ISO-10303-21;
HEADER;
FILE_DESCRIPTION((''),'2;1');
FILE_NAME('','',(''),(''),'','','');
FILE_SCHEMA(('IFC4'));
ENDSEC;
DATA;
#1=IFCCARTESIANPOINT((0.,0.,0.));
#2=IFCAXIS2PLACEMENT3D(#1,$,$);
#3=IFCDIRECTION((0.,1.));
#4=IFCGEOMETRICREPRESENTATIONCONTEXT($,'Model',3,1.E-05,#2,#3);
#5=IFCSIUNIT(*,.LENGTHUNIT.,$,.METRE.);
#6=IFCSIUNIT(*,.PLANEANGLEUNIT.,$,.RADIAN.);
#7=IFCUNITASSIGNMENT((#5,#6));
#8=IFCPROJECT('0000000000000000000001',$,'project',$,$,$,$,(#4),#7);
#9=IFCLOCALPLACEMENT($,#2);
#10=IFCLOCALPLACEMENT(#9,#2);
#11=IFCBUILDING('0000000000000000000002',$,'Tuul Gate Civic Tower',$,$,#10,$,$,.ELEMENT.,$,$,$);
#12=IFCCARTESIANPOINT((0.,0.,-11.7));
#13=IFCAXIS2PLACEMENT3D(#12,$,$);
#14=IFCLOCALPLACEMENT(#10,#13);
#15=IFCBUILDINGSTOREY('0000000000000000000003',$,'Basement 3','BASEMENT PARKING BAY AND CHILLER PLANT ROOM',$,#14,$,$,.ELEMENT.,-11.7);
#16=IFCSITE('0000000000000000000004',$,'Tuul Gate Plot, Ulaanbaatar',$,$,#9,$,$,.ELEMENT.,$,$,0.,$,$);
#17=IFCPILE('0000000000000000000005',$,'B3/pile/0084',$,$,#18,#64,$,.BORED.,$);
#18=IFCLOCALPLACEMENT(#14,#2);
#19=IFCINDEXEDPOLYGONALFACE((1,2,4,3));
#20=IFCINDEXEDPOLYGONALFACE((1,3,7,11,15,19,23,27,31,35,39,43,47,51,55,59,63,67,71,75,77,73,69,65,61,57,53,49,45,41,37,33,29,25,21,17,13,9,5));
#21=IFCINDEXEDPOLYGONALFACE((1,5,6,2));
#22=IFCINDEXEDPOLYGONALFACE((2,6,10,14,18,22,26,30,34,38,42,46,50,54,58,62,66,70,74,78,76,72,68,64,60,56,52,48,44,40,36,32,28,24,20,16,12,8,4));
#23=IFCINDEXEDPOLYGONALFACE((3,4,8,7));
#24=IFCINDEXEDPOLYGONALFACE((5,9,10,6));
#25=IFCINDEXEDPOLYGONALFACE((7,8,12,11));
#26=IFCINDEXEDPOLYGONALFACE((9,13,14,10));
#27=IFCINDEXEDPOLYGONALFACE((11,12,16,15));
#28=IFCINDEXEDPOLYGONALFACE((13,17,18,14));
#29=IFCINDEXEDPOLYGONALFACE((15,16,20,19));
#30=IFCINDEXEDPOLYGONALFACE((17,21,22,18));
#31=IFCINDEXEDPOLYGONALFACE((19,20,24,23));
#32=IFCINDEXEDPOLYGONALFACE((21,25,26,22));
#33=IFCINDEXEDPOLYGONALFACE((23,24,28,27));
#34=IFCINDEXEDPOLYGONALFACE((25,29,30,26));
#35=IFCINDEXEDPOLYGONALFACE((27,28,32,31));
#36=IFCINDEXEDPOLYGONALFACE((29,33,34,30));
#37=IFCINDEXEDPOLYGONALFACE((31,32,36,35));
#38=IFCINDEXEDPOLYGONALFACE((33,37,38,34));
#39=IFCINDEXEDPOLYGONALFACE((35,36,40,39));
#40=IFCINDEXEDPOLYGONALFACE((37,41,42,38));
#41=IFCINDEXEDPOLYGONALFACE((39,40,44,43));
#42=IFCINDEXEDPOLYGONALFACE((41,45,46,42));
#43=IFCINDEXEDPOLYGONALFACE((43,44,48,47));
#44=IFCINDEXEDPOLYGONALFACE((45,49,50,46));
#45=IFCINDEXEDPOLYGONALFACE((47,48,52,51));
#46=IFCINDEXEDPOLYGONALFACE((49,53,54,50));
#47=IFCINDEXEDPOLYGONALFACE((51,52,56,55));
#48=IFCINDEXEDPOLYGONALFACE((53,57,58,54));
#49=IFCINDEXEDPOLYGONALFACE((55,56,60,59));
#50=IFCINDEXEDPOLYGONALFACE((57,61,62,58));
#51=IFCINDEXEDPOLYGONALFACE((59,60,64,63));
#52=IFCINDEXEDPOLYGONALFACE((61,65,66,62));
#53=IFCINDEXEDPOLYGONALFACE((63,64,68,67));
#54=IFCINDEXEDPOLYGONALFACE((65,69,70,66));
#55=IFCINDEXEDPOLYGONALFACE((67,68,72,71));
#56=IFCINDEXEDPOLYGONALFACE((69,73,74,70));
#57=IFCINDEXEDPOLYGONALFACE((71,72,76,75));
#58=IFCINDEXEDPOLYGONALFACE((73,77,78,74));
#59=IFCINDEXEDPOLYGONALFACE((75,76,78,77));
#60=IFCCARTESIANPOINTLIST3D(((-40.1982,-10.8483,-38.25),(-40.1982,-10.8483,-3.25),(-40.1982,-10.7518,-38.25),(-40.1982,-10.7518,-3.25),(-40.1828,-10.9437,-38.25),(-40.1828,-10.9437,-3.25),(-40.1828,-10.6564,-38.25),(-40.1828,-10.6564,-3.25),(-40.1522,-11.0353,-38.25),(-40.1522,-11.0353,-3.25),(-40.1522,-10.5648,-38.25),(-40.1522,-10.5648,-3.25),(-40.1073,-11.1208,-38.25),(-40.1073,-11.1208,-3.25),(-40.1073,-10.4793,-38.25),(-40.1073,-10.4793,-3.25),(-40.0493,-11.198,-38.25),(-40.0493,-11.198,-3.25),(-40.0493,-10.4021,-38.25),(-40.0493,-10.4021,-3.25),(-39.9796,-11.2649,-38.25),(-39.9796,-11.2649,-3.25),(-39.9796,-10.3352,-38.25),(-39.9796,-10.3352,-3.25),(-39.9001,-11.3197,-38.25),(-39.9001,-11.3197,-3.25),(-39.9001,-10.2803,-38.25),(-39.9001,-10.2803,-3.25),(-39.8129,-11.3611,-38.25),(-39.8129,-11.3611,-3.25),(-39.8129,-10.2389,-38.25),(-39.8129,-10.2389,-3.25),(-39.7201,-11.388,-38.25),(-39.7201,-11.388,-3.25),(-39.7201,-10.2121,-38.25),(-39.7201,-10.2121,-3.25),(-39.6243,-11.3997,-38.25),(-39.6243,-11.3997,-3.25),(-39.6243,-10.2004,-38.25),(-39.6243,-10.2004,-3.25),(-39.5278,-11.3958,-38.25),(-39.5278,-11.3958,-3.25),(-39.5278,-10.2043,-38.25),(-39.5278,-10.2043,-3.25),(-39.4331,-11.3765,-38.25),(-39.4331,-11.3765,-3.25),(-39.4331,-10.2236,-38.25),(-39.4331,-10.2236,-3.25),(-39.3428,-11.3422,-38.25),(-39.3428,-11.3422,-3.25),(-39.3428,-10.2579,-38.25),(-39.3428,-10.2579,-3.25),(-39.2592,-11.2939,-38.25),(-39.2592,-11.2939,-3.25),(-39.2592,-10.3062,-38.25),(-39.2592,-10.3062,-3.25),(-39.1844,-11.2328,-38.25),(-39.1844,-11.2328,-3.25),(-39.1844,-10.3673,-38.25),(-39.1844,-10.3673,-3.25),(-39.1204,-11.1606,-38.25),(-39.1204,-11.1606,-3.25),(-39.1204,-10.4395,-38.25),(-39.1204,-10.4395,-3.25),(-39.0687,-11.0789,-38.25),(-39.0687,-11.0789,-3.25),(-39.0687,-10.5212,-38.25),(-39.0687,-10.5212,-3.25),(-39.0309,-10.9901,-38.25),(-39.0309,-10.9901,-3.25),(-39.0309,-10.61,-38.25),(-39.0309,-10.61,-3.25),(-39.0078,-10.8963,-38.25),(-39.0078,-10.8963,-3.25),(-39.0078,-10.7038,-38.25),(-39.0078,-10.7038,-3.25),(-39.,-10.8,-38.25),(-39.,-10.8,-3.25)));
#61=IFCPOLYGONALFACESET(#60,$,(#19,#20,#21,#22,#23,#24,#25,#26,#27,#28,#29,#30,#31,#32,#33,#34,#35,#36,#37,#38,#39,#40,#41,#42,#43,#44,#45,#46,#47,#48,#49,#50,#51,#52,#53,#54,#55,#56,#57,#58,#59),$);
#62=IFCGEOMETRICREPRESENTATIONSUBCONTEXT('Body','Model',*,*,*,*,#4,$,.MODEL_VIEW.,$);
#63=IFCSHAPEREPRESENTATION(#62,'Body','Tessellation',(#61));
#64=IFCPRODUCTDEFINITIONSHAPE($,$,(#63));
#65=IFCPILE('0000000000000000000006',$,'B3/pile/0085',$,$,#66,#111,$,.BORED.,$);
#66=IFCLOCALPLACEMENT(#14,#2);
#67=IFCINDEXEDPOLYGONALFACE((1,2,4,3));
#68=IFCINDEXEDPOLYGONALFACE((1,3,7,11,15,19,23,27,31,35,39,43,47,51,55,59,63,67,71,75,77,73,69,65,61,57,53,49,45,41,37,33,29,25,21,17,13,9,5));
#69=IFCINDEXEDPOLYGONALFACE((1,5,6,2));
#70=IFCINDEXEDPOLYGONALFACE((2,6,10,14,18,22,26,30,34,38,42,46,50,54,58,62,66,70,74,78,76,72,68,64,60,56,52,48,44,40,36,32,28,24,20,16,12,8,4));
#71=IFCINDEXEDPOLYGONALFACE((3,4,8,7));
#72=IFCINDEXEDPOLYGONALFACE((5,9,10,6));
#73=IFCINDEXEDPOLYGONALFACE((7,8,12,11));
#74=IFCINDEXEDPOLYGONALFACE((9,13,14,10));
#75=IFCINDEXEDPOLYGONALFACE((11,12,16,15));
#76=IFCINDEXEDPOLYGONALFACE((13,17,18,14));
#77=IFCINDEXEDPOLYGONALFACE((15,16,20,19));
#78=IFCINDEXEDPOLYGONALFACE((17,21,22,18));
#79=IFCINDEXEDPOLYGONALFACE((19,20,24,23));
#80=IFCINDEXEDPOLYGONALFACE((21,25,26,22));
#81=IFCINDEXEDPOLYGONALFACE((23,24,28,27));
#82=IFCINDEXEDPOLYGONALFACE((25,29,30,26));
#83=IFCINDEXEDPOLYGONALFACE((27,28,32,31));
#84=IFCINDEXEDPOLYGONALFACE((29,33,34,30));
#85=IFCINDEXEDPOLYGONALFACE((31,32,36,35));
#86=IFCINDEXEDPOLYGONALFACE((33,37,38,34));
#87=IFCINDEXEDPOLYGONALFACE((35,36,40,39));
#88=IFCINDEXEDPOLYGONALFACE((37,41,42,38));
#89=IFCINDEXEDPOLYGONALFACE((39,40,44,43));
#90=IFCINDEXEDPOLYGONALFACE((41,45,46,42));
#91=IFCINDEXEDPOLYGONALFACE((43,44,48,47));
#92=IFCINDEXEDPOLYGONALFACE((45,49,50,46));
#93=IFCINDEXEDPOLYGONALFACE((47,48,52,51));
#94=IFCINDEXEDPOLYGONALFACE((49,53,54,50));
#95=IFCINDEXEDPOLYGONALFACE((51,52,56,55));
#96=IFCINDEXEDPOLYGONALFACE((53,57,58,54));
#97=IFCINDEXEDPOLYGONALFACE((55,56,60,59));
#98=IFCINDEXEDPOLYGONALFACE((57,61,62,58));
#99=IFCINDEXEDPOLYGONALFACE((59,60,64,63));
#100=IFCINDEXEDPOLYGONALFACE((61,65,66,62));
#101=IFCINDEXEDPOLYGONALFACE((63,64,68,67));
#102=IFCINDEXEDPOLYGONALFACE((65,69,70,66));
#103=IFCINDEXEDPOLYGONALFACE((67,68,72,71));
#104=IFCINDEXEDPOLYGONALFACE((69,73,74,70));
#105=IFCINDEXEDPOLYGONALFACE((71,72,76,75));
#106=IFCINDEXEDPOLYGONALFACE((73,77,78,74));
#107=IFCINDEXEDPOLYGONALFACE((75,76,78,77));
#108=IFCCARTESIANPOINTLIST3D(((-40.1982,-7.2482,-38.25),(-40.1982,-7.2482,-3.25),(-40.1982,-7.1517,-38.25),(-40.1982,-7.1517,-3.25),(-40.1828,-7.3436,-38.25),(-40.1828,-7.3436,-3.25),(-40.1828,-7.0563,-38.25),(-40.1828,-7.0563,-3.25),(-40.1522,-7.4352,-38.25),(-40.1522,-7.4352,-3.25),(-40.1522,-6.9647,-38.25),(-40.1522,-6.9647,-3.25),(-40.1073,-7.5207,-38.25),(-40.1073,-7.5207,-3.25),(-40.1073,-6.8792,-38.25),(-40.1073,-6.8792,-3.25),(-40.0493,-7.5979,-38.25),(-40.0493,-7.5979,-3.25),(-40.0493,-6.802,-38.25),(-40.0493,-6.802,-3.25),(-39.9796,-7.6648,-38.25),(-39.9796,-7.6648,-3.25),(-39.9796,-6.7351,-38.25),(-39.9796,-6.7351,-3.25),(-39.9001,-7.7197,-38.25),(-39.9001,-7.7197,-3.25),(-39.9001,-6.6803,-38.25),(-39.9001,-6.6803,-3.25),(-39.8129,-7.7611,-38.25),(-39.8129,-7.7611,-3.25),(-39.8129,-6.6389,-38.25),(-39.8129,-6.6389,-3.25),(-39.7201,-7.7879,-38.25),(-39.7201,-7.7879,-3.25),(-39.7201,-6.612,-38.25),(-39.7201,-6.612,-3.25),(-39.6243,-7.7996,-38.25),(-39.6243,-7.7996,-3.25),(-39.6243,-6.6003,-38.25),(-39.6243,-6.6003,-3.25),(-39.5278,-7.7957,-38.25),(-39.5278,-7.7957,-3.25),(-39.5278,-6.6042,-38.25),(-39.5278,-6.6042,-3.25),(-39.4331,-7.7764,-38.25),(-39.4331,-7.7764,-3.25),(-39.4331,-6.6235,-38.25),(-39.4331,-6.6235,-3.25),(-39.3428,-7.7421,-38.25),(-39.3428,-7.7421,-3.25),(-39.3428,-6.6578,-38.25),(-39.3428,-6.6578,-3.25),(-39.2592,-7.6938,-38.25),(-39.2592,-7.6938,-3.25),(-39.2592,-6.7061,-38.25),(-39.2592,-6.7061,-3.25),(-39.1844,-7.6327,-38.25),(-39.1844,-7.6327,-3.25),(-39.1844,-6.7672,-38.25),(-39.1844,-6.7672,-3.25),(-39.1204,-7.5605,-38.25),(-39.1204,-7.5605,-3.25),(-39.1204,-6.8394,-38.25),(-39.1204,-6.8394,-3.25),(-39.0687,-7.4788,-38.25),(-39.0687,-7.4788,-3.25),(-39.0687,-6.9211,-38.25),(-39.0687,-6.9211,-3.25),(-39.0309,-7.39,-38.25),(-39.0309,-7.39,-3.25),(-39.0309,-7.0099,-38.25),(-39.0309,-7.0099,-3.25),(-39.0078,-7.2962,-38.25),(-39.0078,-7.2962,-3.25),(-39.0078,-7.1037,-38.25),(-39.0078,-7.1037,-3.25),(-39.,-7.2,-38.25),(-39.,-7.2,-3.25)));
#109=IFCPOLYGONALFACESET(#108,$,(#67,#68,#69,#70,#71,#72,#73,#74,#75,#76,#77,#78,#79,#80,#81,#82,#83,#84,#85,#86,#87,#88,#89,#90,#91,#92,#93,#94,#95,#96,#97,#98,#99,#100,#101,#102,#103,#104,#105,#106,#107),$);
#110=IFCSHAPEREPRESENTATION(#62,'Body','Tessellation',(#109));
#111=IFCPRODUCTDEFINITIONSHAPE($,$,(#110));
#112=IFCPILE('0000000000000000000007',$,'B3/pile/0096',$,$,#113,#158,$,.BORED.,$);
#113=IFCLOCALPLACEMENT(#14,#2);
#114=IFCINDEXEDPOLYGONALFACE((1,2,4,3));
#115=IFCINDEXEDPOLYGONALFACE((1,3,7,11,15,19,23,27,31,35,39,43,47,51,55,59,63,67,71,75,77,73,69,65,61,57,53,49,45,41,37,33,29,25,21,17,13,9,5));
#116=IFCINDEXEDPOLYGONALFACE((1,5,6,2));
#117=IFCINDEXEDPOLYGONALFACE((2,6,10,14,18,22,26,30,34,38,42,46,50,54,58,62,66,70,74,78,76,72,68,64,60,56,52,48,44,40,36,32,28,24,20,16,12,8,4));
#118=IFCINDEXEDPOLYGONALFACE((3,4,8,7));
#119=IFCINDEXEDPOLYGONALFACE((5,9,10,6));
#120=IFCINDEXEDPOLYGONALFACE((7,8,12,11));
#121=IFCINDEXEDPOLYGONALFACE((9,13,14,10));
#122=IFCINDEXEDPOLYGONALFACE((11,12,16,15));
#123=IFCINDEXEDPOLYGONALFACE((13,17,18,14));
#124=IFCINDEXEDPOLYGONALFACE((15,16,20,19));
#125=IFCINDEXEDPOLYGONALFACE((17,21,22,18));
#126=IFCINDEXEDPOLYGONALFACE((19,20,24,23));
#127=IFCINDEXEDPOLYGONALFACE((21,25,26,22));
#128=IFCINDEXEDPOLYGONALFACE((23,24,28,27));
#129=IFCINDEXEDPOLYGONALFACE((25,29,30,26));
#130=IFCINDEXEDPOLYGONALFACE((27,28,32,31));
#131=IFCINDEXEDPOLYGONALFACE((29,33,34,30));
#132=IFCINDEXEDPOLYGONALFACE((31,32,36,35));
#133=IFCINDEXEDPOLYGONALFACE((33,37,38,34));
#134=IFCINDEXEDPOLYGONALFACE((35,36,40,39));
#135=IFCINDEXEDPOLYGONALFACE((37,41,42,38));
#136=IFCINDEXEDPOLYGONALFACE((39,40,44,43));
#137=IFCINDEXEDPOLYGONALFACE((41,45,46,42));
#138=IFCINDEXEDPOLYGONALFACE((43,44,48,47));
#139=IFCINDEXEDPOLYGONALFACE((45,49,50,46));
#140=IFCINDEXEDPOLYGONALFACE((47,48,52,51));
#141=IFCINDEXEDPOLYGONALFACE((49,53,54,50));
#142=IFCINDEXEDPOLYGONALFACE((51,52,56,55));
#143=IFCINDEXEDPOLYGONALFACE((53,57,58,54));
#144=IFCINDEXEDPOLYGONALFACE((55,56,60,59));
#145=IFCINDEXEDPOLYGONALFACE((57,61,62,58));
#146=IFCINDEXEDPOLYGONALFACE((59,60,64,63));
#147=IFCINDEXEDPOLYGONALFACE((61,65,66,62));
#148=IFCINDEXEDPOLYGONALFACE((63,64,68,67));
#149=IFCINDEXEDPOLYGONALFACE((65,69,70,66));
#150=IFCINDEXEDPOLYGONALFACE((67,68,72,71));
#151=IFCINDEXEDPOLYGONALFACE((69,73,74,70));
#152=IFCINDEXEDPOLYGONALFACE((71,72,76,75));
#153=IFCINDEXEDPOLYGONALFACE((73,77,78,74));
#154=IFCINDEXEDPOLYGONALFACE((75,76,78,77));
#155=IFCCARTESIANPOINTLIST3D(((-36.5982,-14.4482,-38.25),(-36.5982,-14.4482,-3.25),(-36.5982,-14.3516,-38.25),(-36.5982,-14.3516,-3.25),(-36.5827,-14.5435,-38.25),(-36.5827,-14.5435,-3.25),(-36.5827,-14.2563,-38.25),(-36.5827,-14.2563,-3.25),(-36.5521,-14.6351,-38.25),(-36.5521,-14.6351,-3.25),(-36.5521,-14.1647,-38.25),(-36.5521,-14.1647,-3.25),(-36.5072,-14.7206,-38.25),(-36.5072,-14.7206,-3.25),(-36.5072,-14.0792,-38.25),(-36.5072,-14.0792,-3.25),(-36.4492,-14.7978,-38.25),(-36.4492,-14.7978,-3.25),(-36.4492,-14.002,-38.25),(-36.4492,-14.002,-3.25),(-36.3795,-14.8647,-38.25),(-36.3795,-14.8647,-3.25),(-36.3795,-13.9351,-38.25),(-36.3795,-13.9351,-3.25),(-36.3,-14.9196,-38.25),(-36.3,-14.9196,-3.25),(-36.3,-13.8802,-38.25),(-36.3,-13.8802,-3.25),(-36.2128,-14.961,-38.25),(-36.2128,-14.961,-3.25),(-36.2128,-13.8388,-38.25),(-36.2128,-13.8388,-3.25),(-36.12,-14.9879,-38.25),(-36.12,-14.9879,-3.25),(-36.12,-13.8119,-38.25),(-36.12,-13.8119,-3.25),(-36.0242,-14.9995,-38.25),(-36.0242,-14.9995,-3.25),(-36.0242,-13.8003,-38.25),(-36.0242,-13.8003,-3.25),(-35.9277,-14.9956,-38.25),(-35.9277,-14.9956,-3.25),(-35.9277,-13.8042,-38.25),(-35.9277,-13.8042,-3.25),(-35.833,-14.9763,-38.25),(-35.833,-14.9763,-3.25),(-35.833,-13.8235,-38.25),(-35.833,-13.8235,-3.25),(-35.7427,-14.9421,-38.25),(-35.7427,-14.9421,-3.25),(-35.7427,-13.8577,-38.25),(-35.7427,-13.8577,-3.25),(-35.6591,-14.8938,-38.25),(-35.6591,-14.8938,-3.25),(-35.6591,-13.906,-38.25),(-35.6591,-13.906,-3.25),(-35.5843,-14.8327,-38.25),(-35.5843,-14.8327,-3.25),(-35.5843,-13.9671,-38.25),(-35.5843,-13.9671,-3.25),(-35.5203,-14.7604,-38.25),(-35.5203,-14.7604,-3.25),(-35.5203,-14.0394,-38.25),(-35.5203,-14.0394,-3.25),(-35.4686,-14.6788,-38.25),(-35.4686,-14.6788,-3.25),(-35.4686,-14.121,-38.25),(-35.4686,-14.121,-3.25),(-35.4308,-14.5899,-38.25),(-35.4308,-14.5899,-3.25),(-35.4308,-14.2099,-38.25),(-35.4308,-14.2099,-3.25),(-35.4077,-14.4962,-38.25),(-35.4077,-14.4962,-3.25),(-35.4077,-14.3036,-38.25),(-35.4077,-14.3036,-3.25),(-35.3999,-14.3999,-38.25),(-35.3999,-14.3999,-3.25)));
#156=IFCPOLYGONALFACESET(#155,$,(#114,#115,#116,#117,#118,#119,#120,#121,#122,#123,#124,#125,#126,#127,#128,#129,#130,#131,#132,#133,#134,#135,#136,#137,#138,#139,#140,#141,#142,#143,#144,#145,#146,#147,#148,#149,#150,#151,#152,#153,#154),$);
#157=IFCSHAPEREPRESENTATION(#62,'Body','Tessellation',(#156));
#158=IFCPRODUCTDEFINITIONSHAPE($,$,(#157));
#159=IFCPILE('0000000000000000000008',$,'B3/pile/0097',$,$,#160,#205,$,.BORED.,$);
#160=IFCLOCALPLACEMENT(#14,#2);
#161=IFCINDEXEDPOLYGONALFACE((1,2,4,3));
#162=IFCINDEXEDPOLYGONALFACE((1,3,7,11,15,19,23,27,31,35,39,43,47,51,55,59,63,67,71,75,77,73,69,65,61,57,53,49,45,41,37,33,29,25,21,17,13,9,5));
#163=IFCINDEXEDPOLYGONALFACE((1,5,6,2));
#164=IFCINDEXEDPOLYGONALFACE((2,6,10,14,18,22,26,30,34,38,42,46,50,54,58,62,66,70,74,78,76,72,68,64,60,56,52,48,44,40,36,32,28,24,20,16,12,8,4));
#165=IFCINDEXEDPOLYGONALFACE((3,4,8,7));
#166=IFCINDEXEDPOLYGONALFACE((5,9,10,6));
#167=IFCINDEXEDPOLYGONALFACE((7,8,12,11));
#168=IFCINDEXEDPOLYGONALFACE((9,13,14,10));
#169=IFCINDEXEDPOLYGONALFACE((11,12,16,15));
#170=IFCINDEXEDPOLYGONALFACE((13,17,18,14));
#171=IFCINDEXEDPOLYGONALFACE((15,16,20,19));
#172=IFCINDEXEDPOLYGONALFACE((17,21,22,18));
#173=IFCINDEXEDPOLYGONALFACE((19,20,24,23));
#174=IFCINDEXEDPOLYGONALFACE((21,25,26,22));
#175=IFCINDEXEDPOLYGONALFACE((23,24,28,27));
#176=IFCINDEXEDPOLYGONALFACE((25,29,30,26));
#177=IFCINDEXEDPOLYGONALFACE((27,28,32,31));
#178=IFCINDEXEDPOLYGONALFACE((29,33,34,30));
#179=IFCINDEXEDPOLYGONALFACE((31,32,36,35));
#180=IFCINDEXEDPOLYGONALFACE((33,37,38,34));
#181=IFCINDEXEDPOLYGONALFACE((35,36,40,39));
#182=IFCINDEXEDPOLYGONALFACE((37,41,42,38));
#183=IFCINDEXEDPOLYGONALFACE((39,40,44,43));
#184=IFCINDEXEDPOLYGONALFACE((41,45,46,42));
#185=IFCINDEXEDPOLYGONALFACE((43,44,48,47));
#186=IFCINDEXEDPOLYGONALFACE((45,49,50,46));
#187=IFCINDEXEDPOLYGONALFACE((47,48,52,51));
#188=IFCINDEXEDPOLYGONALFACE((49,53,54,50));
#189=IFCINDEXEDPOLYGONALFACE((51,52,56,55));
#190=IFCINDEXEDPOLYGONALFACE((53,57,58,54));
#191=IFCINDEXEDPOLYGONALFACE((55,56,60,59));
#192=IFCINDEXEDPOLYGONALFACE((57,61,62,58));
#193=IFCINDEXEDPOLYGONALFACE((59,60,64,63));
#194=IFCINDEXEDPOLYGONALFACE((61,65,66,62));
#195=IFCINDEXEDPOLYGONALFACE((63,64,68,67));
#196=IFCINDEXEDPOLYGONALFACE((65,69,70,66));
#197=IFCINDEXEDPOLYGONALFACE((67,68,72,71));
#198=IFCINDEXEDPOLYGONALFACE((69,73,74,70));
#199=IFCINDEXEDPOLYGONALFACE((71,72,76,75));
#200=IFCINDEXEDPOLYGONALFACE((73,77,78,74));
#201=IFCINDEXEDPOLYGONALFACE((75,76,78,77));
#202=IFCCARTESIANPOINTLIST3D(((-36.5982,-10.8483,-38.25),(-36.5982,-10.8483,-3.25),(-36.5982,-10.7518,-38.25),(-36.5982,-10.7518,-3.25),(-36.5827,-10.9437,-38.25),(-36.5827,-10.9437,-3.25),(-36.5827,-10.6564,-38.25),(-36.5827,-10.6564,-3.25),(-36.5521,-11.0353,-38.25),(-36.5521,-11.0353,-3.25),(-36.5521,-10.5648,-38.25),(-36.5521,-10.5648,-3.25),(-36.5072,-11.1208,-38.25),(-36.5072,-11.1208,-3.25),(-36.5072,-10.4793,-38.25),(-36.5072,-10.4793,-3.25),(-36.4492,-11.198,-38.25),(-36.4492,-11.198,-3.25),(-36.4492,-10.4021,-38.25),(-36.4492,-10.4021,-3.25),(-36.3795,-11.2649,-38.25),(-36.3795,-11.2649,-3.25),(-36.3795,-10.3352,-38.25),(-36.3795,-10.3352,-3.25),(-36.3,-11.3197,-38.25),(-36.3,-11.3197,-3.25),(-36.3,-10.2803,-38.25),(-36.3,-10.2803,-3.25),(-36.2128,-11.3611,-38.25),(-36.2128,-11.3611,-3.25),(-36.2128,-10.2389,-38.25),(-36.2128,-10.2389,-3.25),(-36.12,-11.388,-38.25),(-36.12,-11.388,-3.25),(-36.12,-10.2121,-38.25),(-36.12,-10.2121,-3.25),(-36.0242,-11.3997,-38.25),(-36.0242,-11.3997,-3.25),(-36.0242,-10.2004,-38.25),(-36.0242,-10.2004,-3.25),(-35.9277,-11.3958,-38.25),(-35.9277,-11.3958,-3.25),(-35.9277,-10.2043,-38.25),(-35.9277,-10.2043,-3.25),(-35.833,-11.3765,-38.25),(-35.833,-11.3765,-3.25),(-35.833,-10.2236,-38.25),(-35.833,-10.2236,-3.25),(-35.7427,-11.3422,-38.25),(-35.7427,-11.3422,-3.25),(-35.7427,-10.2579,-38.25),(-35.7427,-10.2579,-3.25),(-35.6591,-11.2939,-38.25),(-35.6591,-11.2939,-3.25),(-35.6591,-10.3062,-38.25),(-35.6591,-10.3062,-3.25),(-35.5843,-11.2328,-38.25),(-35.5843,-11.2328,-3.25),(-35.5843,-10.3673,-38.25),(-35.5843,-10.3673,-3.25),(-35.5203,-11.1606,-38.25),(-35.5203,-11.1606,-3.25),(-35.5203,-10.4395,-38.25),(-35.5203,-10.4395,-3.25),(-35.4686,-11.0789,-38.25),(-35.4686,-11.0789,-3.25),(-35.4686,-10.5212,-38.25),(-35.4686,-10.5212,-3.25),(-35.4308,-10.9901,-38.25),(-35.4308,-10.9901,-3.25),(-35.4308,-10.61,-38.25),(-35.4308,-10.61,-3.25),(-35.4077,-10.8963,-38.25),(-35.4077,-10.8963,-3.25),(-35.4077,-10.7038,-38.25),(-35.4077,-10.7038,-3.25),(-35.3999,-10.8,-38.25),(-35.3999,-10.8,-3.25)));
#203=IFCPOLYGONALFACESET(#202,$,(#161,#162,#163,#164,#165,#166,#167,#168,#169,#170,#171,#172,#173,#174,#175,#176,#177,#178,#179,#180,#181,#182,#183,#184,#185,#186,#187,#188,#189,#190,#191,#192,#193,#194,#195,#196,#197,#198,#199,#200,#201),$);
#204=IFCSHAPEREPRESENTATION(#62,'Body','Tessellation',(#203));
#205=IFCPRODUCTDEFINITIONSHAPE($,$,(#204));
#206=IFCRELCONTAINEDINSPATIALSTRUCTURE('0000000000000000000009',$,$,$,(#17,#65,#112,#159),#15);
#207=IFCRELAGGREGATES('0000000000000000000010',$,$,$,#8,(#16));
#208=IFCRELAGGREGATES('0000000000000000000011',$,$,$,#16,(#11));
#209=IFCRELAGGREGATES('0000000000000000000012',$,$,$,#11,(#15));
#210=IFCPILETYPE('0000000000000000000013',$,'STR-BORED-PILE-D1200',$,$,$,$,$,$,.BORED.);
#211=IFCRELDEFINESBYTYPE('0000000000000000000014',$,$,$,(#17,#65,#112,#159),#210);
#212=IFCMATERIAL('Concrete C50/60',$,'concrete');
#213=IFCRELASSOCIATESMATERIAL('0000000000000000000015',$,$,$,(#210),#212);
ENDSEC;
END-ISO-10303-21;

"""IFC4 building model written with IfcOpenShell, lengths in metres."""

from ifc_helpers import new_model, si_unit, direction, frame, origin, origin_2d, place, context, subcontext, project, spatial, circle, extrude, material, material_profile, profile_set, type_object, element, save


model = new_model("IFC4")

# Units and contexts
model_context = context("Model", 3, precision=1e-05, world=origin(), true_north=direction((0.0, 1.0)))
body_context = subcontext(model_context, "Body", "Model", "MODEL_VIEW")
ifc_project = project(units=[si_unit("LENGTHUNIT", "METRE"), si_unit("PLANEANGLEUNIT", "RADIAN")], contexts=[model_context])

# Site, building, storey
site_placement = place(None, origin())
site = spatial("IfcSite", under=ifc_project, at=site_placement, Name="Tuul Gate Plot, Ulaanbaatar", CompositionType="ELEMENT", RefElevation=0.0)
building_placement = place(site_placement, origin())
building = spatial("IfcBuilding", under=site, at=building_placement, Name="Tuul Gate Civic Tower", CompositionType="ELEMENT")
storey_placement = place(building_placement, frame((0.0, 0.0, -11.7)))
storey = spatial("IfcBuildingStorey", under=building, at=storey_placement, Name="Basement 3", Description="BASEMENT PARKING BAY AND CHILLER PLANT ROOM", CompositionType="ELEMENT", Elevation=-11.7)

# Piles
ifc_material_1 = material(Name="Concrete C50/60", Category="concrete")
ifc_material_profile_1 = material_profile(ifc_material_1, circle(Radius=0.6001, at=origin_2d()), Name="PILE1200")
ifc_profile_set_1 = profile_set([ifc_material_profile_1], Name="Concrete C50/60")
pile_type = type_object("IfcPileType", Name="STR-BORED-PILE-D1200", PredefinedType="BORED", material=ifc_profile_set_1)
for number, where, z_axis, x_axis, name in (
    (1, (-39.6001, -10.8, -3.25), (0.0, 0.0, -1.0), (1.0, 0.0, 0.0), "B3/pile/0084"),
    (2, (-39.6001, -7.2, -3.25), (0.0, 0.0, -1.0), (1.0, 0.0, 0.0), "B3/pile/0085"),
    (3, (-36.0, -14.3999, -3.25), (0.0, 0.0, -1.0), (1.0, 0.0, 0.0), "B3/pile/0096"),
    (4, (-36.0, -10.8, -3.25), (0.0, 0.0, -1.0), (1.0, 0.0, 0.0), "B3/pile/0097"),
):
    element("IfcPile", number, at=place(storey_placement, frame(where, z_axis=z_axis, x_axis=x_axis)), inside=storey, type_object=pile_type, Name=name, PredefinedType="BORED", context=body_context, shape_type="SweptSolid", body=[
        extrude(circle(Radius=0.6001, at=origin_2d()), origin(), (0.0, 0.0, 1.0), 35.0),
    ])

save(model, "model.ifc")
